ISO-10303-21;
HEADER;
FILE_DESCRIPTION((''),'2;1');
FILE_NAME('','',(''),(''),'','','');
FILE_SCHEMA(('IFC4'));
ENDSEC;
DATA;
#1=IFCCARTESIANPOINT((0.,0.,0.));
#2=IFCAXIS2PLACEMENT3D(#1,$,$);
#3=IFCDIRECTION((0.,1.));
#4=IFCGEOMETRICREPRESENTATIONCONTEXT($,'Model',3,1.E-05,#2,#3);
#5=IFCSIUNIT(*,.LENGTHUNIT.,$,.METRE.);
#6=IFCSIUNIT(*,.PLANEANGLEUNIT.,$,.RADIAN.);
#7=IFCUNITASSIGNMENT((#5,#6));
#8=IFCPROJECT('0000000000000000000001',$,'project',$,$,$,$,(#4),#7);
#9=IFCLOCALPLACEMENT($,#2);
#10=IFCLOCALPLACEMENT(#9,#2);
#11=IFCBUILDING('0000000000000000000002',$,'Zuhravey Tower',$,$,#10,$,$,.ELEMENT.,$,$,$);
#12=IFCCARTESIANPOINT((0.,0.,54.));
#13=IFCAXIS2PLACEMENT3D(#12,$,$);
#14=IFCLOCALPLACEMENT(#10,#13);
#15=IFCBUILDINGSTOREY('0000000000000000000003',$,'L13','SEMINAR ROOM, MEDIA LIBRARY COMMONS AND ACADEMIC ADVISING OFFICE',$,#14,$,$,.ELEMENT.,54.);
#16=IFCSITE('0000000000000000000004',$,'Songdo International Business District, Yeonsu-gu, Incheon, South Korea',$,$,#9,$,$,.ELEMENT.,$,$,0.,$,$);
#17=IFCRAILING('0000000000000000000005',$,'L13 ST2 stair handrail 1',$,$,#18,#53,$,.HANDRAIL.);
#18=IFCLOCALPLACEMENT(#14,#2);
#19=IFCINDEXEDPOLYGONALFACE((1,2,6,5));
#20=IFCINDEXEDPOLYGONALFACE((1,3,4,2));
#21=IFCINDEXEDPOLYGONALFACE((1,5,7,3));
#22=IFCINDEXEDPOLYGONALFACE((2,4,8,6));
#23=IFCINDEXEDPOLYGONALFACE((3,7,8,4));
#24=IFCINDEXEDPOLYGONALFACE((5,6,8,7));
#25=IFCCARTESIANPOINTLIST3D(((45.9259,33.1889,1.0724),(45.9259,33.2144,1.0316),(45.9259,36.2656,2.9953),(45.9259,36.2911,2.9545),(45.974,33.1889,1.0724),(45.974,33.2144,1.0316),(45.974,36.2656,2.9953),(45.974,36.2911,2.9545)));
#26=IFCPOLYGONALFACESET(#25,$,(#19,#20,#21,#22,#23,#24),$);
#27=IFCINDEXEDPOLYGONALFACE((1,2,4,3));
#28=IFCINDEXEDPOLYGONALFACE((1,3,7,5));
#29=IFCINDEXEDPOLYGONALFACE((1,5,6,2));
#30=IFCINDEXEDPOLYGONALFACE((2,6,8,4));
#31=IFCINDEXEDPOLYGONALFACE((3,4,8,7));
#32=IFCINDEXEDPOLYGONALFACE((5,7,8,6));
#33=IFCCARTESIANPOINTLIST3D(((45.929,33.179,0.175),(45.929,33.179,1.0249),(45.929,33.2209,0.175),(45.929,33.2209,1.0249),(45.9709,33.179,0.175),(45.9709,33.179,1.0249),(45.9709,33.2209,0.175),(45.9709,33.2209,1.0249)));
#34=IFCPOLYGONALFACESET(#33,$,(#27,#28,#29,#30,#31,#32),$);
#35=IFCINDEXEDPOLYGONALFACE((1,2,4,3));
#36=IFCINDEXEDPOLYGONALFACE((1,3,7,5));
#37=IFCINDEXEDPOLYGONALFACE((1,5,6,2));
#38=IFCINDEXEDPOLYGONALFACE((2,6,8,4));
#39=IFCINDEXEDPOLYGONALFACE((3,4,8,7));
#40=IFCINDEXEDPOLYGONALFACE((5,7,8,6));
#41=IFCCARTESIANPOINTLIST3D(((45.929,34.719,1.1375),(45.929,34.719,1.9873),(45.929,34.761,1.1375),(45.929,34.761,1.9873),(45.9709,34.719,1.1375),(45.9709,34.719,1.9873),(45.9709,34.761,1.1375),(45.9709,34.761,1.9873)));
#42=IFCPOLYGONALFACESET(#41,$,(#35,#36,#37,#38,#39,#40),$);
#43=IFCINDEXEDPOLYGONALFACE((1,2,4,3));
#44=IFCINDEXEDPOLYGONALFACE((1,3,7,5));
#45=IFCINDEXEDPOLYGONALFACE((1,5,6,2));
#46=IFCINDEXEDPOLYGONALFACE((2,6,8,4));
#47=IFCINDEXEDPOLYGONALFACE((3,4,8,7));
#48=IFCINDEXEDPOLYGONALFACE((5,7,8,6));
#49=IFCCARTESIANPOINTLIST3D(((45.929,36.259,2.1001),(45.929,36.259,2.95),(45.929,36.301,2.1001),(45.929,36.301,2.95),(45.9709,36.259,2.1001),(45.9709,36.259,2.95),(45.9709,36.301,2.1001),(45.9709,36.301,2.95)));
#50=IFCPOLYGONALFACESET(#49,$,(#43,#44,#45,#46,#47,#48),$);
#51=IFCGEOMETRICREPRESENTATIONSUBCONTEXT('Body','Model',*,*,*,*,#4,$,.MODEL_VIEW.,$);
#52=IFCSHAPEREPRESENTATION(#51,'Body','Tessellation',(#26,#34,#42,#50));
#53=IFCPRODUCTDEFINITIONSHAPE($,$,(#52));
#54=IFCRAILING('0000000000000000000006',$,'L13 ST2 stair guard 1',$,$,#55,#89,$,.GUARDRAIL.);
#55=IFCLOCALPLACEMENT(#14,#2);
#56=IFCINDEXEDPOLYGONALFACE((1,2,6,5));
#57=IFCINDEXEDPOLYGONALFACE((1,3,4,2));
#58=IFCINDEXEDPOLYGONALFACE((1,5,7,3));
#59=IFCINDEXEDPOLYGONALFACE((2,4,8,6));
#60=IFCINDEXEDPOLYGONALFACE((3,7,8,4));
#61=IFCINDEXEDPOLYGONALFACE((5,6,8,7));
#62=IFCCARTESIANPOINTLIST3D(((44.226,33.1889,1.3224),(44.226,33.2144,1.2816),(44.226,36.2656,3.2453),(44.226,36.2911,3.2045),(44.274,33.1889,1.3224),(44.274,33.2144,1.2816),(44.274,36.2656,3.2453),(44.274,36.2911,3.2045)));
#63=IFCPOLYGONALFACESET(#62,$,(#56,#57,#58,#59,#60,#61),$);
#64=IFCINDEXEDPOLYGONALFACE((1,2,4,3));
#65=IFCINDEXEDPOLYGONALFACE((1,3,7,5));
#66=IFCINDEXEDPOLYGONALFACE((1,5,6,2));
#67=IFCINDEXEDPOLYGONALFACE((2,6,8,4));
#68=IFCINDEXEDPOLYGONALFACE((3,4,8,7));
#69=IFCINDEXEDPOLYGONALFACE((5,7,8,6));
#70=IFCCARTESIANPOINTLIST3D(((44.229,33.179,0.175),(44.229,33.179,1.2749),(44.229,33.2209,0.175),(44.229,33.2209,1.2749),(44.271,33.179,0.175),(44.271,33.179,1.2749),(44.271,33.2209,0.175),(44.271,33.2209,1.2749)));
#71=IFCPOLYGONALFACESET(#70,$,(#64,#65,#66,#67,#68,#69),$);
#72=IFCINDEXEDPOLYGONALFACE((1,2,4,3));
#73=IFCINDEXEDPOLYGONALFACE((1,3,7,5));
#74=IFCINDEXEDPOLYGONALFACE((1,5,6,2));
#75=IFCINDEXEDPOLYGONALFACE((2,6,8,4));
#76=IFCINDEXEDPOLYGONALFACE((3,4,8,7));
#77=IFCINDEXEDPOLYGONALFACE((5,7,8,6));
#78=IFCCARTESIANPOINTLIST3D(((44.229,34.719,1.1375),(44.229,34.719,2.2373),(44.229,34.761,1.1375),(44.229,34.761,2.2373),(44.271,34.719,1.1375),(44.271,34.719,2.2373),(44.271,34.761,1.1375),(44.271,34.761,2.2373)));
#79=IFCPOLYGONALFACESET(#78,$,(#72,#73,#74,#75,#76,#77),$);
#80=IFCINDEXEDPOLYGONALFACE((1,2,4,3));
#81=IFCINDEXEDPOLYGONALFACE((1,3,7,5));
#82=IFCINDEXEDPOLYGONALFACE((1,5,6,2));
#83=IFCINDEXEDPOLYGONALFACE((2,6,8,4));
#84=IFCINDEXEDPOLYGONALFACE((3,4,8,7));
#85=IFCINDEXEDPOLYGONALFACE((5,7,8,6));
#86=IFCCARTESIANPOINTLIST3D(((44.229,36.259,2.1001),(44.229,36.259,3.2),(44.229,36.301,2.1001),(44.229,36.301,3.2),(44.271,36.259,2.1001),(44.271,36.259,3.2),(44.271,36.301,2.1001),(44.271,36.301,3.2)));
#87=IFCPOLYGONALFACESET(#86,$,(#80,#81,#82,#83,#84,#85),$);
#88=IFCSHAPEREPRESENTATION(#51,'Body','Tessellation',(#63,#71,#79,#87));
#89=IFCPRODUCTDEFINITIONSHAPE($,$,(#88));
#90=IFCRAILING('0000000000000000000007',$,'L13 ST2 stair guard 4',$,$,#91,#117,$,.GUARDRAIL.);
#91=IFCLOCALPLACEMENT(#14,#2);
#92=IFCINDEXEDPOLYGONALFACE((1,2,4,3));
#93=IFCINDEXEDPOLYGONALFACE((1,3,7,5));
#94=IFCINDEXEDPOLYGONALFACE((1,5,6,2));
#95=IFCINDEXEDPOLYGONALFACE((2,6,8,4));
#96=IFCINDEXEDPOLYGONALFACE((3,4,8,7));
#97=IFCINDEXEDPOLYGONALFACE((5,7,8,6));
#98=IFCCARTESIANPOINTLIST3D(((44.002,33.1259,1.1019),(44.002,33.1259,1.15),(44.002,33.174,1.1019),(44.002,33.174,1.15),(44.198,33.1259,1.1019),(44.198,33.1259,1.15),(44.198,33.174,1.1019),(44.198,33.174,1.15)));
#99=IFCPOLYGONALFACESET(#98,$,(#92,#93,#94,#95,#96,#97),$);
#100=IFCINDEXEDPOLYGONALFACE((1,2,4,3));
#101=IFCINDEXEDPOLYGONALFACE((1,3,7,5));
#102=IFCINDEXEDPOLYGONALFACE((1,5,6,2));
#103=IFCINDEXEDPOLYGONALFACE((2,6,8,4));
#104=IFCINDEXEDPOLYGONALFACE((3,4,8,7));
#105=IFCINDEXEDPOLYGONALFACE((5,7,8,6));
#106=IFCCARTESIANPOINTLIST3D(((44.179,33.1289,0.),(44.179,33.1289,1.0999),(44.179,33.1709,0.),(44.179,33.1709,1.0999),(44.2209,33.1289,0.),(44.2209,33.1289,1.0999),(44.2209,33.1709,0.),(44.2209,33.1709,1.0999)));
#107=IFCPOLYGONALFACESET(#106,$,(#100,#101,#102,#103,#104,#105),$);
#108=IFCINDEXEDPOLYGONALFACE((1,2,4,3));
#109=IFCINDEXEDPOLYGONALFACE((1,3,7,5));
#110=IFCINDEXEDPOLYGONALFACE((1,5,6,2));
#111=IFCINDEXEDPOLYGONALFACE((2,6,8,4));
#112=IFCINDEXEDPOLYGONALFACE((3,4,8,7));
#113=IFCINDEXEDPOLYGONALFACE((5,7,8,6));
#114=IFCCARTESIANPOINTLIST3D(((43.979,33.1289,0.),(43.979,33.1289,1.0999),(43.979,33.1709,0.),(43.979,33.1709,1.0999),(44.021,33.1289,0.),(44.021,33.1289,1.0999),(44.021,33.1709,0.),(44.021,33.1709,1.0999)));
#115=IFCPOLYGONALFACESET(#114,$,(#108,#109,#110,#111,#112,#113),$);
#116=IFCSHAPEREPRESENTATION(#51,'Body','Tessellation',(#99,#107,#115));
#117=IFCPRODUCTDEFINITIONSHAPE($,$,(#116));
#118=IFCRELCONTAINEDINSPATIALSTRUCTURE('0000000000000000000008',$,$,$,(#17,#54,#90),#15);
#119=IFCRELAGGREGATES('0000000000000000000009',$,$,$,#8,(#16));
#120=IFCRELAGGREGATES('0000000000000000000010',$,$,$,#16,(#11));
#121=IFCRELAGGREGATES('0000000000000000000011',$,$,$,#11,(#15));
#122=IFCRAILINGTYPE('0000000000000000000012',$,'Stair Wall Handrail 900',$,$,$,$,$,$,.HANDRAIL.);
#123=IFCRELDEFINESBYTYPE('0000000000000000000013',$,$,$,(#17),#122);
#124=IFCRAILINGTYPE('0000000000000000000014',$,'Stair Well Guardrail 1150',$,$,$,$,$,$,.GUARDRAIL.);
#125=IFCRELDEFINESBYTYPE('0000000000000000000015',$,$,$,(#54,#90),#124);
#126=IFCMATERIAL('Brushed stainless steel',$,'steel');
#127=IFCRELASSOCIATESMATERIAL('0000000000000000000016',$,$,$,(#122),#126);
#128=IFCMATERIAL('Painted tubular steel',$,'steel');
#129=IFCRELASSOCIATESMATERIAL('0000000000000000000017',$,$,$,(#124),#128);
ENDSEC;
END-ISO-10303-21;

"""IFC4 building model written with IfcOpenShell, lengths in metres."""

from ifc_helpers import new_model, si_unit, direction, frame, origin, origin_2d, place, context, subcontext, project, spatial, rectangle, extrude, material, type_object, element, save


model = new_model("IFC4")

# Units and contexts
model_context = context("Model", 3, precision=1e-05, world=origin(), true_north=direction((0.0, 1.0)))
body_context = subcontext(model_context, "Body", "Model", "MODEL_VIEW")
ifc_project = project(units=[si_unit("LENGTHUNIT", "METRE"), si_unit("PLANEANGLEUNIT", "RADIAN")], contexts=[model_context])

# Site, building, storey
site_placement = place(None, origin())
site = spatial("IfcSite", under=ifc_project, at=site_placement, Name="Songdo International Business District, Yeonsu-gu, Incheon, South Korea", CompositionType="ELEMENT", RefElevation=0.0)
building_placement = place(site_placement, origin())
building = spatial("IfcBuilding", under=site, at=building_placement, Name="Zuhravey Tower", CompositionType="ELEMENT")
storey_placement = place(building_placement, frame((0.0, 0.0, 54.0)))
storey = spatial("IfcBuildingStorey", under=building, at=storey_placement, Name="L13", Description="SEMINAR ROOM, MEDIA LIBRARY COMMONS AND ACADEMIC ADVISING OFFICE", CompositionType="ELEMENT", Elevation=54.0)

# Shared definitions
ifc_material_1 = material(Name="Brushed stainless steel", Category="steel")

# Railings
railing_type_1 = type_object("IfcRailingType", Name="Stair Wall Handrail 900", PredefinedType="HANDRAIL", material=ifc_material_1)
railing_1_placement = place(storey_placement, frame((45.95, 33.2, 0.175)))
element("IfcRailing", 1, at=railing_1_placement, inside=storey, type_object=railing_type_1, Name="L13 ST2 stair handrail 1", PredefinedType="HANDRAIL", context=body_context, shape_type="SweptSolid", body=[
    extrude(rectangle(XDim=0.0481, YDim=0.0481, at=origin_2d()), frame((0.0, 0.0017, 0.877), z_axis=(0.0, 0.847998, 0.529999), x_axis=(-1.0, 0.0, 0.0)), (0.0, 0.0, 1.0), 3.6282),
    extrude(rectangle(XDim=0.042, YDim=0.042, at=origin_2d()), origin(), (0.0, 0.0, 1.0), 0.8499),
    extrude(rectangle(XDim=0.042, YDim=0.042, at=origin_2d()), frame((0.0, 1.54, 0.9624)), (0.0, 0.0, 1.0), 0.8499),
    extrude(rectangle(XDim=0.042, YDim=0.042, at=origin_2d()), frame((0.0, 3.0801, 1.925)), (0.0, 0.0, 1.0), 0.8499),
])
ifc_material_2 = material(Name="Painted tubular steel", Category="steel")
railing_type_2 = type_object("IfcRailingType", Name="Stair Well Guardrail 1150", PredefinedType="GUARDRAIL", material=ifc_material_2)
railing_2_placement = place(storey_placement, frame((44.25, 33.2, 0.175)))
element("IfcRailing", 2, at=railing_2_placement, inside=storey, type_object=railing_type_2, Name="L13 ST2 stair guard 1", PredefinedType="GUARDRAIL", context=body_context, shape_type="SweptSolid", body=[
    extrude(rectangle(XDim=0.0481, YDim=0.0481, at=origin_2d()), frame((0.0, 0.0017, 1.127), z_axis=(0.0, 0.847998, 0.529999), x_axis=(-1.0, 0.0, 0.0)), (0.0, 0.0, 1.0), 3.6282),
    extrude(rectangle(XDim=0.042, YDim=0.042, at=origin_2d()), origin(), (0.0, 0.0, 1.0), 1.0999),
    extrude(rectangle(XDim=0.042, YDim=0.042, at=origin_2d()), frame((0.0, 1.54, 0.9624)), (0.0, 0.0, 1.0), 1.0999),
    extrude(rectangle(XDim=0.042, YDim=0.042, at=origin_2d()), frame((0.0, 3.0801, 1.925)), (0.0, 0.0, 1.0), 1.0999),
])
railing_3_placement = place(storey_placement, frame((44.2, 33.1499, 0.0)))
element("IfcRailing", 3, at=railing_3_placement, inside=storey, type_object=railing_type_2, Name="L13 ST2 stair guard 4", PredefinedType="GUARDRAIL", context=body_context, shape_type="SweptSolid", body=[
    extrude(rectangle(XDim=0.0481, YDim=0.0481, at=origin_2d()), frame((-0.002, 0.0, 1.126), z_axis=(-1.0, 0.0, 0.0), x_axis=(0.0, -1.0, 0.0)), (0.0, 0.0, 1.0), 0.196),
    extrude(rectangle(XDim=0.042, YDim=0.042, at=origin_2d()), origin(), (0.0, 0.0, 1.0), 1.0999),
    extrude(rectangle(XDim=0.042, YDim=0.042, at=origin_2d()), frame((-0.2, 0.0, 0.0)), (0.0, 0.0, 1.0), 1.0999),
])

save(model, "model.ifc")
